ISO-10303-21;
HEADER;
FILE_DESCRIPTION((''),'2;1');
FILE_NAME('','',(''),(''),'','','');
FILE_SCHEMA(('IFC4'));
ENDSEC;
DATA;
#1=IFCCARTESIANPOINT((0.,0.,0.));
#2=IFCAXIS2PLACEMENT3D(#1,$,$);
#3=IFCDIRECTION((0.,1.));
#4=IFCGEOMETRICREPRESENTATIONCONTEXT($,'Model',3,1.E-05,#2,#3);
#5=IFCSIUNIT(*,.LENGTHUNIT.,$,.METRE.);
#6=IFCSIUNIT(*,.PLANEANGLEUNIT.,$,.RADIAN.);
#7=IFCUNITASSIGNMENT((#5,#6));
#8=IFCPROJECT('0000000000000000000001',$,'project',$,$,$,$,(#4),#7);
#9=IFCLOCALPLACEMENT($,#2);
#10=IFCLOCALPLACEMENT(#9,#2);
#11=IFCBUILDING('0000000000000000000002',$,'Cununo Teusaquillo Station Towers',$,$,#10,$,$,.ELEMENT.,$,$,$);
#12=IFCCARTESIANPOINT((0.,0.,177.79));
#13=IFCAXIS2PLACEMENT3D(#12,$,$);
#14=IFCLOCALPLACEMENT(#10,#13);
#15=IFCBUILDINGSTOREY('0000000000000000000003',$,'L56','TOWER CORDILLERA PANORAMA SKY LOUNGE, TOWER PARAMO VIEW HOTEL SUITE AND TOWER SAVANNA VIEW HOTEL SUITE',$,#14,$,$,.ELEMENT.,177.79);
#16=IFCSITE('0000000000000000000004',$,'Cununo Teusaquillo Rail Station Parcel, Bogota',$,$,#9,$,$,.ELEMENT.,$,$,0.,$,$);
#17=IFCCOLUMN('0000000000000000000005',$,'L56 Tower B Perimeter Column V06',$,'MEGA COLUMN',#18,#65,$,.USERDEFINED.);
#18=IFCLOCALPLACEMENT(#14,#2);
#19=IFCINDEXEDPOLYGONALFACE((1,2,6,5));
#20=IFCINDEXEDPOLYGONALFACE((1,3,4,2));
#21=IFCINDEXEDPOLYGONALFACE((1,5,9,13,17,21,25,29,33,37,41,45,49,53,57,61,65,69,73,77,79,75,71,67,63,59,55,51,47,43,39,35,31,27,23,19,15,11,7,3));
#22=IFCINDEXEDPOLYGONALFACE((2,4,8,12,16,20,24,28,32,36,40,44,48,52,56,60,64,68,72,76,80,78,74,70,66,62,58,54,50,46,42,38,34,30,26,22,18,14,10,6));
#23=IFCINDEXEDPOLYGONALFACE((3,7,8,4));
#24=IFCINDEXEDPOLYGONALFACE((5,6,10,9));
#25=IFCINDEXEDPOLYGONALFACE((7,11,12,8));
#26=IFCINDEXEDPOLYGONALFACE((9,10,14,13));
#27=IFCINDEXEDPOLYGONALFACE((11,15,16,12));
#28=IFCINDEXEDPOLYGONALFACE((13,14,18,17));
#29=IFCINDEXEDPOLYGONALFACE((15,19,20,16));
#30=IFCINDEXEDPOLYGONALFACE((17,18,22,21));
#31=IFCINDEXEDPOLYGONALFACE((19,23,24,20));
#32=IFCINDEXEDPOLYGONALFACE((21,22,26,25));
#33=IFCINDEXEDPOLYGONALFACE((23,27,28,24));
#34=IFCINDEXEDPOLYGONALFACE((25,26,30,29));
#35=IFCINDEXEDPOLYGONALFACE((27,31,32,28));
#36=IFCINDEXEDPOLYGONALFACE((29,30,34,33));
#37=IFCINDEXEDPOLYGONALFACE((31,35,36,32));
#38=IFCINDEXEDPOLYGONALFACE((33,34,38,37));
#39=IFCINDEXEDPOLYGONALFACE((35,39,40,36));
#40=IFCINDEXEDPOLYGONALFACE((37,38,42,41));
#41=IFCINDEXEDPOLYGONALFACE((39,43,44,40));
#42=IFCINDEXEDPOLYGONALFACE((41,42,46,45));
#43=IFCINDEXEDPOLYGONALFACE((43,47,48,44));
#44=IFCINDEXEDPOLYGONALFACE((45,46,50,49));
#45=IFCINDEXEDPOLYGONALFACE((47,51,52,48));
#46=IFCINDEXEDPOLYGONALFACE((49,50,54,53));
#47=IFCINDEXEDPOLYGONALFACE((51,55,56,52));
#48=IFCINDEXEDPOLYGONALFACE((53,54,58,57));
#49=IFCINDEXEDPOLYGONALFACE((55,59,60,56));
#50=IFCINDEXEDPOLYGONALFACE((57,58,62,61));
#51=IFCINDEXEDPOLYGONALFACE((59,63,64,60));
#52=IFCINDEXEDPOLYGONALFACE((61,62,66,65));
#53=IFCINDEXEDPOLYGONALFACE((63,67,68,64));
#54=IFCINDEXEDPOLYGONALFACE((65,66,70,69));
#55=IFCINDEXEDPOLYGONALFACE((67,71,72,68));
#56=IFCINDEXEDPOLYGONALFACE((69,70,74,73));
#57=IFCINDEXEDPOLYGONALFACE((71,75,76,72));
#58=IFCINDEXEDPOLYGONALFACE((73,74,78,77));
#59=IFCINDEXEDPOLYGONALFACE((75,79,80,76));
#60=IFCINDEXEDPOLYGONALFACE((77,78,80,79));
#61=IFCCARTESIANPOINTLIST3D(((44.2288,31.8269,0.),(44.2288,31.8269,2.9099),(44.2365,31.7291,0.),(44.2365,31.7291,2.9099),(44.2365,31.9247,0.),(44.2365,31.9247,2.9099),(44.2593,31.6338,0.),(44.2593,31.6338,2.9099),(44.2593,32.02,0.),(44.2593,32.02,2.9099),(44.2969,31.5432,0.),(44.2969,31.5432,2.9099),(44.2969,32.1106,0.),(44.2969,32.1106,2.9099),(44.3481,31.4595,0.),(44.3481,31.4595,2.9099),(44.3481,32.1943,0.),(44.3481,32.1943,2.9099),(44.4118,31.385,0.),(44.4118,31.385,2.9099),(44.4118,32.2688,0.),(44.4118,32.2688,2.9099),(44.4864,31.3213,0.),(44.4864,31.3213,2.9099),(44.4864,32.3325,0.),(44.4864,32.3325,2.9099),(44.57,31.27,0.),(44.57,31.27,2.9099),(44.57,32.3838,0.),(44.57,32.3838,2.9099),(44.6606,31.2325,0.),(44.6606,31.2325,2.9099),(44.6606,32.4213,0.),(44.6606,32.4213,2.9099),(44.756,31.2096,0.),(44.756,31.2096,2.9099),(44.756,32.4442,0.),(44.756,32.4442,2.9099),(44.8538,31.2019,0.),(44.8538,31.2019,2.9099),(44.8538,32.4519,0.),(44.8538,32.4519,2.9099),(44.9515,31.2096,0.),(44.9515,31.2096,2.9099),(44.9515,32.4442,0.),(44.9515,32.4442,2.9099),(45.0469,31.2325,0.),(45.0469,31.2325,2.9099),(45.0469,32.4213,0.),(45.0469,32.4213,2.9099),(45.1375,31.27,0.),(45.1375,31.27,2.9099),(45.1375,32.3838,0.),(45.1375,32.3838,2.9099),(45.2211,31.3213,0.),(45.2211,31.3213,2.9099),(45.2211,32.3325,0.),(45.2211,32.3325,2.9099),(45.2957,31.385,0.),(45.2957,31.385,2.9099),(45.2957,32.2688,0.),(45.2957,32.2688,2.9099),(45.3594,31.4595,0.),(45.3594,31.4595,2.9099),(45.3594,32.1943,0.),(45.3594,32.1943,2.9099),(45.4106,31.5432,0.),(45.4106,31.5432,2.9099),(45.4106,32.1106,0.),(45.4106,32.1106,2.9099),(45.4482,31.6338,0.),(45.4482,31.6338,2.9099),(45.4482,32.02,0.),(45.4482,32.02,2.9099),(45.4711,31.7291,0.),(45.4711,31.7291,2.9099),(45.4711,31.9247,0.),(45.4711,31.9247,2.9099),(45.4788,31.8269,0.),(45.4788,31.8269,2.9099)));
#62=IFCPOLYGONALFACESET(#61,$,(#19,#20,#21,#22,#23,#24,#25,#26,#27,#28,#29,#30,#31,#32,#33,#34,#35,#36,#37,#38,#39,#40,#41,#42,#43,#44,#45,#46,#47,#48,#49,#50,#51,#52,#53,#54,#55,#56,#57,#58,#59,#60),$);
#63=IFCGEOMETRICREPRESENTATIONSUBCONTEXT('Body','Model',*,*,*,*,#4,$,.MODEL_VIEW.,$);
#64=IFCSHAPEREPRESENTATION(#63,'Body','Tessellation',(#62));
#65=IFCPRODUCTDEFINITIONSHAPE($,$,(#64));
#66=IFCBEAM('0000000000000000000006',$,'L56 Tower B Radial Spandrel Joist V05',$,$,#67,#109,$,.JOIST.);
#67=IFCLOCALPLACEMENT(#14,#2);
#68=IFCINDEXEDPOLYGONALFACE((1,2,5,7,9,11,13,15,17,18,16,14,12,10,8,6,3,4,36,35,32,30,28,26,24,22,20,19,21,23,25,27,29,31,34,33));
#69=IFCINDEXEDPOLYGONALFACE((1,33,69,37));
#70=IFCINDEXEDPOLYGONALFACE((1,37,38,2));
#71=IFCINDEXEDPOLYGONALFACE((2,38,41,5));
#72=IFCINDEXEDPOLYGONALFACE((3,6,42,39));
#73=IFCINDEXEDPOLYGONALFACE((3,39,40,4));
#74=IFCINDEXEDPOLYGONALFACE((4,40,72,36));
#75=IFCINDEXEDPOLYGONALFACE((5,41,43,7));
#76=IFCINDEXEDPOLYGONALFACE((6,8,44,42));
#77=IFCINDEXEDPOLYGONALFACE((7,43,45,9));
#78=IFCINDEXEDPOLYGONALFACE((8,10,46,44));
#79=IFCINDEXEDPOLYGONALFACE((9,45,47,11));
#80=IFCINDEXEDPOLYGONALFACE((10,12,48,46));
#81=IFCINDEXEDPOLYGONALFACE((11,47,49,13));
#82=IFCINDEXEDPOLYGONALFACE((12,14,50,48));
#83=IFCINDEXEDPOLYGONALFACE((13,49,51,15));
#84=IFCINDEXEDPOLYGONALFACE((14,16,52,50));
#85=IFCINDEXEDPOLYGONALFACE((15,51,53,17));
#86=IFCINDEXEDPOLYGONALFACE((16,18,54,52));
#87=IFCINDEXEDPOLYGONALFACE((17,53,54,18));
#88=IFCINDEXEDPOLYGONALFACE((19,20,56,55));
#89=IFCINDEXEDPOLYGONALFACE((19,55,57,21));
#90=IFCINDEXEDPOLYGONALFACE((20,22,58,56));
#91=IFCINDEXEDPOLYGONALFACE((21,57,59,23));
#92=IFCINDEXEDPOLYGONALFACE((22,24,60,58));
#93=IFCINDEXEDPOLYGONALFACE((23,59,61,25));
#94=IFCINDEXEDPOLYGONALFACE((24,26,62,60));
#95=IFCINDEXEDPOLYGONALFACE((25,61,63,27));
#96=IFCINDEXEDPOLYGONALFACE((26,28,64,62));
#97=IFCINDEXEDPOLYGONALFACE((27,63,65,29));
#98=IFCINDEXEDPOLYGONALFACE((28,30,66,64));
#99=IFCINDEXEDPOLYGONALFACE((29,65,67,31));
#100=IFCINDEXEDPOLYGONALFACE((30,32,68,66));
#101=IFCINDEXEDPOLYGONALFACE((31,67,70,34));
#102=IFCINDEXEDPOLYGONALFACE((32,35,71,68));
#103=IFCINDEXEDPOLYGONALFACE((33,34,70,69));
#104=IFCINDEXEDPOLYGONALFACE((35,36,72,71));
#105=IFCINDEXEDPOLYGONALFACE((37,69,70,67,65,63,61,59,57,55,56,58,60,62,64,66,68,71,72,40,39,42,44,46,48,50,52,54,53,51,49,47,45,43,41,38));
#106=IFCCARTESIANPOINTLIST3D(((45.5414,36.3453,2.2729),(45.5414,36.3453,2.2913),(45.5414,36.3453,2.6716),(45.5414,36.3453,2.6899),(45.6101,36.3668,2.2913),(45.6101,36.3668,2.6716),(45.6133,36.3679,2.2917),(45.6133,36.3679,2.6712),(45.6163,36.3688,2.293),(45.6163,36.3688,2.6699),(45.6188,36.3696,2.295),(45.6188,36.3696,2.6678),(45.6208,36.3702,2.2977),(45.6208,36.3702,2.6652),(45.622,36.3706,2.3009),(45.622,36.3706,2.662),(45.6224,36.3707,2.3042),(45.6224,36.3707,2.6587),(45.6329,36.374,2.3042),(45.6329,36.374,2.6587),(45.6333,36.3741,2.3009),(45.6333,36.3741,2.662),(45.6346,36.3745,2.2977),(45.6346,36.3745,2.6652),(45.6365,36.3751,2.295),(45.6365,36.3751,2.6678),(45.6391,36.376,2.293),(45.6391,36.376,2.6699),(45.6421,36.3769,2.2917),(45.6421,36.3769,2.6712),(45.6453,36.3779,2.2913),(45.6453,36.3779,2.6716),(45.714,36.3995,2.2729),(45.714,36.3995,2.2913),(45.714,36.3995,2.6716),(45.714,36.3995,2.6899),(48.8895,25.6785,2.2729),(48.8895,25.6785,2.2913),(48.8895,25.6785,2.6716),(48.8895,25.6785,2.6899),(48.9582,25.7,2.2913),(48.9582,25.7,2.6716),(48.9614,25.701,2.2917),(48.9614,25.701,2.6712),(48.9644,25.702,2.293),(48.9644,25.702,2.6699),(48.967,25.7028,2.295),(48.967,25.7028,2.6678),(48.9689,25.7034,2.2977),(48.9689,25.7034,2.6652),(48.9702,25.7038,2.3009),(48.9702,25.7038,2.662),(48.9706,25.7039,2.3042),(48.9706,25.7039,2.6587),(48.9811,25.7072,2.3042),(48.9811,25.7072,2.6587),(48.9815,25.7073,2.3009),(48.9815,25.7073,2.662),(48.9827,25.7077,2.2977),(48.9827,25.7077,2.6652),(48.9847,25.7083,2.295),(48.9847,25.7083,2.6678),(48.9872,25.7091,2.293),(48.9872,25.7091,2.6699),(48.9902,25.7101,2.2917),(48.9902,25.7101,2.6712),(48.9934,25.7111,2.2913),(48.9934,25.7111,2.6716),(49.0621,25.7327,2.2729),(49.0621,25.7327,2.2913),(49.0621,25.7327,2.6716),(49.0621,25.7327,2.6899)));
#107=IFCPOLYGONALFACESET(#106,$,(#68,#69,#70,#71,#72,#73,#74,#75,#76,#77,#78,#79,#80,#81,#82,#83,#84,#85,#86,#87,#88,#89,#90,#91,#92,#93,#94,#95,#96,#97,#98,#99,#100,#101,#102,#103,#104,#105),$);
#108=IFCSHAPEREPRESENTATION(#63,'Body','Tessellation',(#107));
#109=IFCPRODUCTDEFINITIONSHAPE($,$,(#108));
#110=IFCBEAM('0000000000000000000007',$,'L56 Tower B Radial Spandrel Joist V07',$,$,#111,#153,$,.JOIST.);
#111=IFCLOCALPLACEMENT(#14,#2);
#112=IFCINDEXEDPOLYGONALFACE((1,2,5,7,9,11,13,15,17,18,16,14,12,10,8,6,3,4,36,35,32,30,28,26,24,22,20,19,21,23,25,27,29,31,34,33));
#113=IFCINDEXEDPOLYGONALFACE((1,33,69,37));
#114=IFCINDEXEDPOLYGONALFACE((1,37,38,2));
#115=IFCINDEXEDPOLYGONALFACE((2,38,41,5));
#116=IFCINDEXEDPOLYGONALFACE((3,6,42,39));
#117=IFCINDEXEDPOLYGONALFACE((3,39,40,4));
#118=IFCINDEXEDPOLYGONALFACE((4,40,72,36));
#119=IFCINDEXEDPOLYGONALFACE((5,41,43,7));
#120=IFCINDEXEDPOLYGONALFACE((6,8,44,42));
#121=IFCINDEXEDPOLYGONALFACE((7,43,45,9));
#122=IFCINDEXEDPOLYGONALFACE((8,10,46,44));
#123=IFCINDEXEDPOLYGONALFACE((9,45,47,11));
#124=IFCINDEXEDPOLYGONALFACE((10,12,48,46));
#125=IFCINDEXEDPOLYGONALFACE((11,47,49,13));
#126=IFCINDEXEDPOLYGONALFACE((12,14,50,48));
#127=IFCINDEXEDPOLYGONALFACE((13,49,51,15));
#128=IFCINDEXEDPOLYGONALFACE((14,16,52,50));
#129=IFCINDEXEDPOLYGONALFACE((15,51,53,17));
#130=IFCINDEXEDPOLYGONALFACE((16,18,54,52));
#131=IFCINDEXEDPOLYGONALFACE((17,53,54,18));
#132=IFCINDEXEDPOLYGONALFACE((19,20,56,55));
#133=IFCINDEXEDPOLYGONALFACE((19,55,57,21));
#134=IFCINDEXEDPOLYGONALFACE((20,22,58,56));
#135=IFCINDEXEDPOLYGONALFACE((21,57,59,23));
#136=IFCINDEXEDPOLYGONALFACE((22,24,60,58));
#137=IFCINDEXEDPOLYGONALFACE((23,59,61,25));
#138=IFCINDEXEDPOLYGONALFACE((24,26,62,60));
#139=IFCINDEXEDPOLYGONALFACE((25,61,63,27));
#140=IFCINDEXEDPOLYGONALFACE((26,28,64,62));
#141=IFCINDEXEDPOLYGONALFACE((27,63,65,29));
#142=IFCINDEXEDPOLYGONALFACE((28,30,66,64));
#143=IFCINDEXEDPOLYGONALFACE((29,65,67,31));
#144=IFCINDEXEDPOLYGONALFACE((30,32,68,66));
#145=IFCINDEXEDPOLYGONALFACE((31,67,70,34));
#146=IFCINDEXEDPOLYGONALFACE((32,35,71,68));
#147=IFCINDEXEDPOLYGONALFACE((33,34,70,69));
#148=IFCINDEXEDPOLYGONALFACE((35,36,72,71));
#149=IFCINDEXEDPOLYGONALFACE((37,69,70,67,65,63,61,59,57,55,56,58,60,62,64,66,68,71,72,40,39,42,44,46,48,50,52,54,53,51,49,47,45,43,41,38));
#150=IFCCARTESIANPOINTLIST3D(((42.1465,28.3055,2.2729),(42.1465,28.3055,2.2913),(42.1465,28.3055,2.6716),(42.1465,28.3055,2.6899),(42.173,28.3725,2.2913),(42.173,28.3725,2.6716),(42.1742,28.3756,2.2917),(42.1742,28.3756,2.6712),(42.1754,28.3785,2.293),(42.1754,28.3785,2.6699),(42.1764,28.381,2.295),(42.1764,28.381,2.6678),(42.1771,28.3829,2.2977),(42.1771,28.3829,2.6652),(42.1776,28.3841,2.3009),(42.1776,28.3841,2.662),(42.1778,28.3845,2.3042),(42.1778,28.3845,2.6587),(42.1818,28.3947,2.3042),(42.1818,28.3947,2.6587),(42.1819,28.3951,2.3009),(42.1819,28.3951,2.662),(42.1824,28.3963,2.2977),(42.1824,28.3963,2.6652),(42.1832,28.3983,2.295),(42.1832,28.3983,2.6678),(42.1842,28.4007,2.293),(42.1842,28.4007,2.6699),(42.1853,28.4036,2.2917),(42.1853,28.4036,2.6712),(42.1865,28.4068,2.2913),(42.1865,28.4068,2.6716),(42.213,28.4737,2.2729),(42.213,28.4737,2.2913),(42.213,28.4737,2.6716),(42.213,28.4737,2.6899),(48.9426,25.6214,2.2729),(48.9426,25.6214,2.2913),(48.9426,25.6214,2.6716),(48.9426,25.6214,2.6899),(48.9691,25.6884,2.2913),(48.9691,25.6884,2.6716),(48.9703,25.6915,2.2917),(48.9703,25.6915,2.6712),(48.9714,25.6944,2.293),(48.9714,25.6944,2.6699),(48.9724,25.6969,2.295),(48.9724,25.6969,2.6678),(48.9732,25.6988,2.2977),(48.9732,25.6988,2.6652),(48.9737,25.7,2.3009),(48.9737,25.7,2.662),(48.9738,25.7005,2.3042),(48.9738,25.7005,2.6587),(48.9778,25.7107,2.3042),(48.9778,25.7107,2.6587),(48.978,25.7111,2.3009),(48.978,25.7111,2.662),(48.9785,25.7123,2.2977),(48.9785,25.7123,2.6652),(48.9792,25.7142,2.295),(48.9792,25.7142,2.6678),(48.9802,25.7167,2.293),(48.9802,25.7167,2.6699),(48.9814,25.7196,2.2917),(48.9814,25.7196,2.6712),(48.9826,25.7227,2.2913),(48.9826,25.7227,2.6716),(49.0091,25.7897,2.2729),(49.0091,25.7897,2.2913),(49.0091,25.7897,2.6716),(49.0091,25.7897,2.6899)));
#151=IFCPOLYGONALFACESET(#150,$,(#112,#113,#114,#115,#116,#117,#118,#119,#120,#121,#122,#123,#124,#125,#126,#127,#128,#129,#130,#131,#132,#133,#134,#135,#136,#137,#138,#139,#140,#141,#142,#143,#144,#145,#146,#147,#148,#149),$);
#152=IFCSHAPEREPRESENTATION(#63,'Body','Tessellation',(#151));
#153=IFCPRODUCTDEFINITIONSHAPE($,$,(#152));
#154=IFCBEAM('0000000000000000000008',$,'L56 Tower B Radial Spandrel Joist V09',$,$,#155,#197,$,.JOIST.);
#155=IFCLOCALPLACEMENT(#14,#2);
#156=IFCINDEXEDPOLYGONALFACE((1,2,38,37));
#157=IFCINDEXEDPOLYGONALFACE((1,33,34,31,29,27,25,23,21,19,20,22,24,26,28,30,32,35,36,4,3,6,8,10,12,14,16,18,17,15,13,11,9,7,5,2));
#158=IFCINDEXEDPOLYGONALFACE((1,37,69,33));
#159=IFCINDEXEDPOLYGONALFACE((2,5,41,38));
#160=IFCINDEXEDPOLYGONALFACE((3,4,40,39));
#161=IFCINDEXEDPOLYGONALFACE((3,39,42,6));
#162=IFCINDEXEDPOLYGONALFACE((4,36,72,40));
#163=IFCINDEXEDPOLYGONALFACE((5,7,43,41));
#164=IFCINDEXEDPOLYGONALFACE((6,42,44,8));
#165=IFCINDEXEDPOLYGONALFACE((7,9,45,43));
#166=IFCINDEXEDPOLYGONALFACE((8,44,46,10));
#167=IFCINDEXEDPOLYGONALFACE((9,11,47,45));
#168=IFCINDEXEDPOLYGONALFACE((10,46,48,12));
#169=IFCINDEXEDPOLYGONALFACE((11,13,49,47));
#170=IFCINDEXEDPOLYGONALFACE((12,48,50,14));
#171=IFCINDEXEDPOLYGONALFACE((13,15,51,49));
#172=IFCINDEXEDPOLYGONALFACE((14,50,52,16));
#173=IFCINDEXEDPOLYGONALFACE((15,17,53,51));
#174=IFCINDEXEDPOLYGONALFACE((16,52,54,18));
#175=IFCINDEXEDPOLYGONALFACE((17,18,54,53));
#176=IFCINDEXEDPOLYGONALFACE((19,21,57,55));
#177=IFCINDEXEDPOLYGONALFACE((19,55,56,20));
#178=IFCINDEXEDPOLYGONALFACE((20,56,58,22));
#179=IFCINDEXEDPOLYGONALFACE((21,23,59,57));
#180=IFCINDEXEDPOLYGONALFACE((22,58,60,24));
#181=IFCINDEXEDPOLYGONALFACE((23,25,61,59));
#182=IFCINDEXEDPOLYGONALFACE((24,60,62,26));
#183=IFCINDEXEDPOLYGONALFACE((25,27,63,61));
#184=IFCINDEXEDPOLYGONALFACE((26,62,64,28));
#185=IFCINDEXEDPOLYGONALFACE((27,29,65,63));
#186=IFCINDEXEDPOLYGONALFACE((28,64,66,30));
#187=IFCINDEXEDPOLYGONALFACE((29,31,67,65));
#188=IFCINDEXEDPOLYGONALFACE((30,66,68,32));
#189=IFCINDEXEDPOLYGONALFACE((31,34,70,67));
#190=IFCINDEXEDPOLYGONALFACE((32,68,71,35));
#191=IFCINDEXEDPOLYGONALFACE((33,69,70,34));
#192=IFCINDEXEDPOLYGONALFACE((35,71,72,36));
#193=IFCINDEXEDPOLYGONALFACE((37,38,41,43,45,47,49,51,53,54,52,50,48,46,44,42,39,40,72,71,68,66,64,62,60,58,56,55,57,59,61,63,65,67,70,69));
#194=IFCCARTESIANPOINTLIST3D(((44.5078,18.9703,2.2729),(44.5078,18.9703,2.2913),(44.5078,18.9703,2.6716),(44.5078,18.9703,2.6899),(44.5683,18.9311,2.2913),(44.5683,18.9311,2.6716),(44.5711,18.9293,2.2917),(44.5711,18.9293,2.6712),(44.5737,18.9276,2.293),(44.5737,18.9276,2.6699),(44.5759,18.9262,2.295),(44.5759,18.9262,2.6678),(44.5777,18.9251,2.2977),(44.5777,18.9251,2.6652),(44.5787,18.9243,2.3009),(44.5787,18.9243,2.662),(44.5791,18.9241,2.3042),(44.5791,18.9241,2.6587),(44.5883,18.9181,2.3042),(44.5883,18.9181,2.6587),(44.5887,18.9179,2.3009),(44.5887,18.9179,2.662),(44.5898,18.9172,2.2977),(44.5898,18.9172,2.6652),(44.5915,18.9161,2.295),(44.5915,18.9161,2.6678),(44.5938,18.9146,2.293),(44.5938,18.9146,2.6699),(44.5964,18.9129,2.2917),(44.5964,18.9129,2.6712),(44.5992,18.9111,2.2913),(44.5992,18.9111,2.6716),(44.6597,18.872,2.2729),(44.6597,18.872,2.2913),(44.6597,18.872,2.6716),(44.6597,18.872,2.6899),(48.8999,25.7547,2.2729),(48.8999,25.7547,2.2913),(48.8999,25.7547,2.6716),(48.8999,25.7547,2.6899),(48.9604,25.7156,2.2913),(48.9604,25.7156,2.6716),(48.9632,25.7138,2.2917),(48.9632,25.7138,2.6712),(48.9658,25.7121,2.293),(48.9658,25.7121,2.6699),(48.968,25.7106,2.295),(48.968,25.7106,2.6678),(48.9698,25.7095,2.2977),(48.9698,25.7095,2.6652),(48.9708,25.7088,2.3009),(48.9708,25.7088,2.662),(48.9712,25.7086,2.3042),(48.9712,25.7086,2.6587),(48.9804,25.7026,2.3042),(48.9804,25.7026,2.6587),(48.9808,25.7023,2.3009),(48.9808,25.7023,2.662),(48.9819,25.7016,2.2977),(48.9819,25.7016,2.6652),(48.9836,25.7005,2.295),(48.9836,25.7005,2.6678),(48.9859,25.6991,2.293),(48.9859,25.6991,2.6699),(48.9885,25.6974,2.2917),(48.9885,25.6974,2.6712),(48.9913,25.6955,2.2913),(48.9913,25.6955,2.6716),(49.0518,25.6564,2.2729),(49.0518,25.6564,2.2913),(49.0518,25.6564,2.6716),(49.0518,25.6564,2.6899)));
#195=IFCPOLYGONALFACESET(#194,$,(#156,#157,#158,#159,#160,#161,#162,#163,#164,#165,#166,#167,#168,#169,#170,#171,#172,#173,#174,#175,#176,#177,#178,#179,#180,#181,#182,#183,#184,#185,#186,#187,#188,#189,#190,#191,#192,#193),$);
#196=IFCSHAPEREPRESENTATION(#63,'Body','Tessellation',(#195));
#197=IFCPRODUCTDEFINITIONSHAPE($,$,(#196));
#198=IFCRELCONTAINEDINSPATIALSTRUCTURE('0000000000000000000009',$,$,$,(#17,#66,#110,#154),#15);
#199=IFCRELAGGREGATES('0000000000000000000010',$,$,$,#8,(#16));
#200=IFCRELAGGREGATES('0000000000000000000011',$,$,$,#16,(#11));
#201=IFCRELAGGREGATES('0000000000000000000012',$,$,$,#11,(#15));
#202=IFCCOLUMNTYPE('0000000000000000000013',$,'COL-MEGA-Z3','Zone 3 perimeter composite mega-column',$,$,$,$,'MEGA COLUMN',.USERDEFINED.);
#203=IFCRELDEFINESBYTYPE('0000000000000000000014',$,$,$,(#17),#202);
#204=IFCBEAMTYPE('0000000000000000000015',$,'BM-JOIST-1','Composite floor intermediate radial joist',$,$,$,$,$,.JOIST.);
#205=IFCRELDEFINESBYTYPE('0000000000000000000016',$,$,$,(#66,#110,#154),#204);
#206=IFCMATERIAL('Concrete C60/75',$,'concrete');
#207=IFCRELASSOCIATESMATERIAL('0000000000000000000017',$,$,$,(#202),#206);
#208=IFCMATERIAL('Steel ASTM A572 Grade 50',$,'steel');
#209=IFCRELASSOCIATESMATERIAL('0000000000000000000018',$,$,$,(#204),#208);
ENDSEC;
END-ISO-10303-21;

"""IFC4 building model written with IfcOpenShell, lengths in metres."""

from ifc_helpers import new_model, si_unit, direction, frame, origin, origin_2d, place, context, subcontext, project, spatial, circle, i_section, extrude, material, material_profile, profile_set, type_object, element, save


model = new_model("IFC4")

# Units and contexts
model_context = context("Model", 3, precision=1e-05, world=origin(), true_north=direction((0.0, 1.0)))
body_context = subcontext(model_context, "Body", "Model", "MODEL_VIEW")
ifc_project = project(units=[si_unit("LENGTHUNIT", "METRE"), si_unit("PLANEANGLEUNIT", "RADIAN")], contexts=[model_context])

# Site, building, storey
site_placement = place(None, origin())
site = spatial("IfcSite", under=ifc_project, at=site_placement, Name="Cununo Teusaquillo Rail Station Parcel, Bogota", CompositionType="ELEMENT", RefElevation=0.0)
building_placement = place(site_placement, origin())
building = spatial("IfcBuilding", under=site, at=building_placement, Name="Cununo Teusaquillo Station Towers", CompositionType="ELEMENT")
storey_placement = place(building_placement, frame((0.0, 0.0, 177.79)))
storey = spatial("IfcBuildingStorey", under=building, at=storey_placement, Name="L56", Description="TOWER CORDILLERA PANORAMA SKY LOUNGE, TOWER PARAMO VIEW HOTEL SUITE AND TOWER SAVANNA VIEW HOTEL SUITE", CompositionType="ELEMENT", Elevation=177.79)

# Column
ifc_material_1 = material(Name="Concrete C60/75", Category="concrete")
ifc_material_profile_1 = material_profile(ifc_material_1, circle(Radius=0.625, at=origin_2d()), Name="RC-CIRC-1250")
ifc_profile_set_1 = profile_set([ifc_material_profile_1], Name="Concrete C60/75")
column_type = type_object("IfcColumnType", Name="COL-MEGA-Z3", Description="Zone 3 perimeter composite mega-column", ElementType="MEGA COLUMN", PredefinedType="USERDEFINED", material=ifc_profile_set_1)
column_placement = place(storey_placement, frame((44.8538, 31.8269, 0.0), z_axis=(0.0, 0.0, 1.0), x_axis=(1.0, 0.0, 0.0)))
element("IfcColumn", 1, at=column_placement, inside=storey, type_object=column_type, Name="L56 Tower B Perimeter Column V06", ObjectType="MEGA COLUMN", PredefinedType="USERDEFINED", context=body_context, shape_type="SweptSolid", body=[
    extrude(circle(Radius=0.625, at=origin_2d()), origin(), (0.0, 0.0, 1.0), 2.9099),
])

# Beams
ifc_material_2 = material(Name="Steel ASTM A572 Grade 50", Category="steel")
ifc_material_profile_2 = material_profile(ifc_material_2, i_section(OverallWidth=0.1809, OverallDepth=0.417, WebThickness=0.011, FlangeThickness=0.0183, FilletRadius=0.0129, at=origin_2d()), Name="W16X57")
ifc_profile_set_2 = profile_set([ifc_material_profile_2], Name="Steel ASTM A572 Grade 50")
beam_type_1 = type_object("IfcBeamType", Name="BM-JOIST-1", Description="Composite floor intermediate radial joist", PredefinedType="JOIST", material=ifc_profile_set_2)
beam_1_placement = place(storey_placement, frame((48.9758, 25.7056, 2.4814), z_axis=(-0.29948, 0.954103, 0.0), x_axis=(-0.954103, -0.29948, 0.0)))
element("IfcBeam", 2, at=beam_1_placement, inside=storey, type_object=beam_type_1, Name="L56 Tower B Radial Spandrel Joist V05", PredefinedType="JOIST", context=body_context, shape_type="SweptSolid", body=[
    extrude(i_section(OverallWidth=0.1809, OverallDepth=0.417, WebThickness=0.011, FlangeThickness=0.0183, FilletRadius=0.0129, at=origin_2d()), origin(), (0.0, 0.0, 1.0), 11.1799),
])
beam_2_placement = place(storey_placement, frame((48.9758, 25.7056, 2.4814), z_axis=(-0.93009, 0.367332, 0.0), x_axis=(-0.367332, -0.93009, 0.0)))
element("IfcBeam", 3, at=beam_2_placement, inside=storey, type_object=beam_type_1, Name="L56 Tower B Radial Spandrel Joist V07", PredefinedType="JOIST", context=body_context, shape_type="SweptSolid", body=[
    extrude(i_section(OverallWidth=0.1809, OverallDepth=0.417, WebThickness=0.011, FlangeThickness=0.0183, FilletRadius=0.0129, at=origin_2d()), origin(), (0.0, 0.0, 1.0), 7.3069),
])
beam_3_placement = place(storey_placement, frame((48.9758, 25.7056, 2.4814), z_axis=(-0.54344, -0.839448, 0.0), x_axis=(0.839448, -0.54344, 0.0)))
element("IfcBeam", 4, at=beam_3_placement, inside=storey, type_object=beam_type_1, Name="L56 Tower B Radial Spandrel Joist V09", PredefinedType="JOIST", context=body_context, shape_type="SweptSolid", body=[
    extrude(i_section(OverallWidth=0.1809, OverallDepth=0.417, WebThickness=0.011, FlangeThickness=0.0183, FilletRadius=0.0129, at=origin_2d()), origin(), (0.0, 0.0, 1.0), 8.082),
])

save(model, "model.ifc")
